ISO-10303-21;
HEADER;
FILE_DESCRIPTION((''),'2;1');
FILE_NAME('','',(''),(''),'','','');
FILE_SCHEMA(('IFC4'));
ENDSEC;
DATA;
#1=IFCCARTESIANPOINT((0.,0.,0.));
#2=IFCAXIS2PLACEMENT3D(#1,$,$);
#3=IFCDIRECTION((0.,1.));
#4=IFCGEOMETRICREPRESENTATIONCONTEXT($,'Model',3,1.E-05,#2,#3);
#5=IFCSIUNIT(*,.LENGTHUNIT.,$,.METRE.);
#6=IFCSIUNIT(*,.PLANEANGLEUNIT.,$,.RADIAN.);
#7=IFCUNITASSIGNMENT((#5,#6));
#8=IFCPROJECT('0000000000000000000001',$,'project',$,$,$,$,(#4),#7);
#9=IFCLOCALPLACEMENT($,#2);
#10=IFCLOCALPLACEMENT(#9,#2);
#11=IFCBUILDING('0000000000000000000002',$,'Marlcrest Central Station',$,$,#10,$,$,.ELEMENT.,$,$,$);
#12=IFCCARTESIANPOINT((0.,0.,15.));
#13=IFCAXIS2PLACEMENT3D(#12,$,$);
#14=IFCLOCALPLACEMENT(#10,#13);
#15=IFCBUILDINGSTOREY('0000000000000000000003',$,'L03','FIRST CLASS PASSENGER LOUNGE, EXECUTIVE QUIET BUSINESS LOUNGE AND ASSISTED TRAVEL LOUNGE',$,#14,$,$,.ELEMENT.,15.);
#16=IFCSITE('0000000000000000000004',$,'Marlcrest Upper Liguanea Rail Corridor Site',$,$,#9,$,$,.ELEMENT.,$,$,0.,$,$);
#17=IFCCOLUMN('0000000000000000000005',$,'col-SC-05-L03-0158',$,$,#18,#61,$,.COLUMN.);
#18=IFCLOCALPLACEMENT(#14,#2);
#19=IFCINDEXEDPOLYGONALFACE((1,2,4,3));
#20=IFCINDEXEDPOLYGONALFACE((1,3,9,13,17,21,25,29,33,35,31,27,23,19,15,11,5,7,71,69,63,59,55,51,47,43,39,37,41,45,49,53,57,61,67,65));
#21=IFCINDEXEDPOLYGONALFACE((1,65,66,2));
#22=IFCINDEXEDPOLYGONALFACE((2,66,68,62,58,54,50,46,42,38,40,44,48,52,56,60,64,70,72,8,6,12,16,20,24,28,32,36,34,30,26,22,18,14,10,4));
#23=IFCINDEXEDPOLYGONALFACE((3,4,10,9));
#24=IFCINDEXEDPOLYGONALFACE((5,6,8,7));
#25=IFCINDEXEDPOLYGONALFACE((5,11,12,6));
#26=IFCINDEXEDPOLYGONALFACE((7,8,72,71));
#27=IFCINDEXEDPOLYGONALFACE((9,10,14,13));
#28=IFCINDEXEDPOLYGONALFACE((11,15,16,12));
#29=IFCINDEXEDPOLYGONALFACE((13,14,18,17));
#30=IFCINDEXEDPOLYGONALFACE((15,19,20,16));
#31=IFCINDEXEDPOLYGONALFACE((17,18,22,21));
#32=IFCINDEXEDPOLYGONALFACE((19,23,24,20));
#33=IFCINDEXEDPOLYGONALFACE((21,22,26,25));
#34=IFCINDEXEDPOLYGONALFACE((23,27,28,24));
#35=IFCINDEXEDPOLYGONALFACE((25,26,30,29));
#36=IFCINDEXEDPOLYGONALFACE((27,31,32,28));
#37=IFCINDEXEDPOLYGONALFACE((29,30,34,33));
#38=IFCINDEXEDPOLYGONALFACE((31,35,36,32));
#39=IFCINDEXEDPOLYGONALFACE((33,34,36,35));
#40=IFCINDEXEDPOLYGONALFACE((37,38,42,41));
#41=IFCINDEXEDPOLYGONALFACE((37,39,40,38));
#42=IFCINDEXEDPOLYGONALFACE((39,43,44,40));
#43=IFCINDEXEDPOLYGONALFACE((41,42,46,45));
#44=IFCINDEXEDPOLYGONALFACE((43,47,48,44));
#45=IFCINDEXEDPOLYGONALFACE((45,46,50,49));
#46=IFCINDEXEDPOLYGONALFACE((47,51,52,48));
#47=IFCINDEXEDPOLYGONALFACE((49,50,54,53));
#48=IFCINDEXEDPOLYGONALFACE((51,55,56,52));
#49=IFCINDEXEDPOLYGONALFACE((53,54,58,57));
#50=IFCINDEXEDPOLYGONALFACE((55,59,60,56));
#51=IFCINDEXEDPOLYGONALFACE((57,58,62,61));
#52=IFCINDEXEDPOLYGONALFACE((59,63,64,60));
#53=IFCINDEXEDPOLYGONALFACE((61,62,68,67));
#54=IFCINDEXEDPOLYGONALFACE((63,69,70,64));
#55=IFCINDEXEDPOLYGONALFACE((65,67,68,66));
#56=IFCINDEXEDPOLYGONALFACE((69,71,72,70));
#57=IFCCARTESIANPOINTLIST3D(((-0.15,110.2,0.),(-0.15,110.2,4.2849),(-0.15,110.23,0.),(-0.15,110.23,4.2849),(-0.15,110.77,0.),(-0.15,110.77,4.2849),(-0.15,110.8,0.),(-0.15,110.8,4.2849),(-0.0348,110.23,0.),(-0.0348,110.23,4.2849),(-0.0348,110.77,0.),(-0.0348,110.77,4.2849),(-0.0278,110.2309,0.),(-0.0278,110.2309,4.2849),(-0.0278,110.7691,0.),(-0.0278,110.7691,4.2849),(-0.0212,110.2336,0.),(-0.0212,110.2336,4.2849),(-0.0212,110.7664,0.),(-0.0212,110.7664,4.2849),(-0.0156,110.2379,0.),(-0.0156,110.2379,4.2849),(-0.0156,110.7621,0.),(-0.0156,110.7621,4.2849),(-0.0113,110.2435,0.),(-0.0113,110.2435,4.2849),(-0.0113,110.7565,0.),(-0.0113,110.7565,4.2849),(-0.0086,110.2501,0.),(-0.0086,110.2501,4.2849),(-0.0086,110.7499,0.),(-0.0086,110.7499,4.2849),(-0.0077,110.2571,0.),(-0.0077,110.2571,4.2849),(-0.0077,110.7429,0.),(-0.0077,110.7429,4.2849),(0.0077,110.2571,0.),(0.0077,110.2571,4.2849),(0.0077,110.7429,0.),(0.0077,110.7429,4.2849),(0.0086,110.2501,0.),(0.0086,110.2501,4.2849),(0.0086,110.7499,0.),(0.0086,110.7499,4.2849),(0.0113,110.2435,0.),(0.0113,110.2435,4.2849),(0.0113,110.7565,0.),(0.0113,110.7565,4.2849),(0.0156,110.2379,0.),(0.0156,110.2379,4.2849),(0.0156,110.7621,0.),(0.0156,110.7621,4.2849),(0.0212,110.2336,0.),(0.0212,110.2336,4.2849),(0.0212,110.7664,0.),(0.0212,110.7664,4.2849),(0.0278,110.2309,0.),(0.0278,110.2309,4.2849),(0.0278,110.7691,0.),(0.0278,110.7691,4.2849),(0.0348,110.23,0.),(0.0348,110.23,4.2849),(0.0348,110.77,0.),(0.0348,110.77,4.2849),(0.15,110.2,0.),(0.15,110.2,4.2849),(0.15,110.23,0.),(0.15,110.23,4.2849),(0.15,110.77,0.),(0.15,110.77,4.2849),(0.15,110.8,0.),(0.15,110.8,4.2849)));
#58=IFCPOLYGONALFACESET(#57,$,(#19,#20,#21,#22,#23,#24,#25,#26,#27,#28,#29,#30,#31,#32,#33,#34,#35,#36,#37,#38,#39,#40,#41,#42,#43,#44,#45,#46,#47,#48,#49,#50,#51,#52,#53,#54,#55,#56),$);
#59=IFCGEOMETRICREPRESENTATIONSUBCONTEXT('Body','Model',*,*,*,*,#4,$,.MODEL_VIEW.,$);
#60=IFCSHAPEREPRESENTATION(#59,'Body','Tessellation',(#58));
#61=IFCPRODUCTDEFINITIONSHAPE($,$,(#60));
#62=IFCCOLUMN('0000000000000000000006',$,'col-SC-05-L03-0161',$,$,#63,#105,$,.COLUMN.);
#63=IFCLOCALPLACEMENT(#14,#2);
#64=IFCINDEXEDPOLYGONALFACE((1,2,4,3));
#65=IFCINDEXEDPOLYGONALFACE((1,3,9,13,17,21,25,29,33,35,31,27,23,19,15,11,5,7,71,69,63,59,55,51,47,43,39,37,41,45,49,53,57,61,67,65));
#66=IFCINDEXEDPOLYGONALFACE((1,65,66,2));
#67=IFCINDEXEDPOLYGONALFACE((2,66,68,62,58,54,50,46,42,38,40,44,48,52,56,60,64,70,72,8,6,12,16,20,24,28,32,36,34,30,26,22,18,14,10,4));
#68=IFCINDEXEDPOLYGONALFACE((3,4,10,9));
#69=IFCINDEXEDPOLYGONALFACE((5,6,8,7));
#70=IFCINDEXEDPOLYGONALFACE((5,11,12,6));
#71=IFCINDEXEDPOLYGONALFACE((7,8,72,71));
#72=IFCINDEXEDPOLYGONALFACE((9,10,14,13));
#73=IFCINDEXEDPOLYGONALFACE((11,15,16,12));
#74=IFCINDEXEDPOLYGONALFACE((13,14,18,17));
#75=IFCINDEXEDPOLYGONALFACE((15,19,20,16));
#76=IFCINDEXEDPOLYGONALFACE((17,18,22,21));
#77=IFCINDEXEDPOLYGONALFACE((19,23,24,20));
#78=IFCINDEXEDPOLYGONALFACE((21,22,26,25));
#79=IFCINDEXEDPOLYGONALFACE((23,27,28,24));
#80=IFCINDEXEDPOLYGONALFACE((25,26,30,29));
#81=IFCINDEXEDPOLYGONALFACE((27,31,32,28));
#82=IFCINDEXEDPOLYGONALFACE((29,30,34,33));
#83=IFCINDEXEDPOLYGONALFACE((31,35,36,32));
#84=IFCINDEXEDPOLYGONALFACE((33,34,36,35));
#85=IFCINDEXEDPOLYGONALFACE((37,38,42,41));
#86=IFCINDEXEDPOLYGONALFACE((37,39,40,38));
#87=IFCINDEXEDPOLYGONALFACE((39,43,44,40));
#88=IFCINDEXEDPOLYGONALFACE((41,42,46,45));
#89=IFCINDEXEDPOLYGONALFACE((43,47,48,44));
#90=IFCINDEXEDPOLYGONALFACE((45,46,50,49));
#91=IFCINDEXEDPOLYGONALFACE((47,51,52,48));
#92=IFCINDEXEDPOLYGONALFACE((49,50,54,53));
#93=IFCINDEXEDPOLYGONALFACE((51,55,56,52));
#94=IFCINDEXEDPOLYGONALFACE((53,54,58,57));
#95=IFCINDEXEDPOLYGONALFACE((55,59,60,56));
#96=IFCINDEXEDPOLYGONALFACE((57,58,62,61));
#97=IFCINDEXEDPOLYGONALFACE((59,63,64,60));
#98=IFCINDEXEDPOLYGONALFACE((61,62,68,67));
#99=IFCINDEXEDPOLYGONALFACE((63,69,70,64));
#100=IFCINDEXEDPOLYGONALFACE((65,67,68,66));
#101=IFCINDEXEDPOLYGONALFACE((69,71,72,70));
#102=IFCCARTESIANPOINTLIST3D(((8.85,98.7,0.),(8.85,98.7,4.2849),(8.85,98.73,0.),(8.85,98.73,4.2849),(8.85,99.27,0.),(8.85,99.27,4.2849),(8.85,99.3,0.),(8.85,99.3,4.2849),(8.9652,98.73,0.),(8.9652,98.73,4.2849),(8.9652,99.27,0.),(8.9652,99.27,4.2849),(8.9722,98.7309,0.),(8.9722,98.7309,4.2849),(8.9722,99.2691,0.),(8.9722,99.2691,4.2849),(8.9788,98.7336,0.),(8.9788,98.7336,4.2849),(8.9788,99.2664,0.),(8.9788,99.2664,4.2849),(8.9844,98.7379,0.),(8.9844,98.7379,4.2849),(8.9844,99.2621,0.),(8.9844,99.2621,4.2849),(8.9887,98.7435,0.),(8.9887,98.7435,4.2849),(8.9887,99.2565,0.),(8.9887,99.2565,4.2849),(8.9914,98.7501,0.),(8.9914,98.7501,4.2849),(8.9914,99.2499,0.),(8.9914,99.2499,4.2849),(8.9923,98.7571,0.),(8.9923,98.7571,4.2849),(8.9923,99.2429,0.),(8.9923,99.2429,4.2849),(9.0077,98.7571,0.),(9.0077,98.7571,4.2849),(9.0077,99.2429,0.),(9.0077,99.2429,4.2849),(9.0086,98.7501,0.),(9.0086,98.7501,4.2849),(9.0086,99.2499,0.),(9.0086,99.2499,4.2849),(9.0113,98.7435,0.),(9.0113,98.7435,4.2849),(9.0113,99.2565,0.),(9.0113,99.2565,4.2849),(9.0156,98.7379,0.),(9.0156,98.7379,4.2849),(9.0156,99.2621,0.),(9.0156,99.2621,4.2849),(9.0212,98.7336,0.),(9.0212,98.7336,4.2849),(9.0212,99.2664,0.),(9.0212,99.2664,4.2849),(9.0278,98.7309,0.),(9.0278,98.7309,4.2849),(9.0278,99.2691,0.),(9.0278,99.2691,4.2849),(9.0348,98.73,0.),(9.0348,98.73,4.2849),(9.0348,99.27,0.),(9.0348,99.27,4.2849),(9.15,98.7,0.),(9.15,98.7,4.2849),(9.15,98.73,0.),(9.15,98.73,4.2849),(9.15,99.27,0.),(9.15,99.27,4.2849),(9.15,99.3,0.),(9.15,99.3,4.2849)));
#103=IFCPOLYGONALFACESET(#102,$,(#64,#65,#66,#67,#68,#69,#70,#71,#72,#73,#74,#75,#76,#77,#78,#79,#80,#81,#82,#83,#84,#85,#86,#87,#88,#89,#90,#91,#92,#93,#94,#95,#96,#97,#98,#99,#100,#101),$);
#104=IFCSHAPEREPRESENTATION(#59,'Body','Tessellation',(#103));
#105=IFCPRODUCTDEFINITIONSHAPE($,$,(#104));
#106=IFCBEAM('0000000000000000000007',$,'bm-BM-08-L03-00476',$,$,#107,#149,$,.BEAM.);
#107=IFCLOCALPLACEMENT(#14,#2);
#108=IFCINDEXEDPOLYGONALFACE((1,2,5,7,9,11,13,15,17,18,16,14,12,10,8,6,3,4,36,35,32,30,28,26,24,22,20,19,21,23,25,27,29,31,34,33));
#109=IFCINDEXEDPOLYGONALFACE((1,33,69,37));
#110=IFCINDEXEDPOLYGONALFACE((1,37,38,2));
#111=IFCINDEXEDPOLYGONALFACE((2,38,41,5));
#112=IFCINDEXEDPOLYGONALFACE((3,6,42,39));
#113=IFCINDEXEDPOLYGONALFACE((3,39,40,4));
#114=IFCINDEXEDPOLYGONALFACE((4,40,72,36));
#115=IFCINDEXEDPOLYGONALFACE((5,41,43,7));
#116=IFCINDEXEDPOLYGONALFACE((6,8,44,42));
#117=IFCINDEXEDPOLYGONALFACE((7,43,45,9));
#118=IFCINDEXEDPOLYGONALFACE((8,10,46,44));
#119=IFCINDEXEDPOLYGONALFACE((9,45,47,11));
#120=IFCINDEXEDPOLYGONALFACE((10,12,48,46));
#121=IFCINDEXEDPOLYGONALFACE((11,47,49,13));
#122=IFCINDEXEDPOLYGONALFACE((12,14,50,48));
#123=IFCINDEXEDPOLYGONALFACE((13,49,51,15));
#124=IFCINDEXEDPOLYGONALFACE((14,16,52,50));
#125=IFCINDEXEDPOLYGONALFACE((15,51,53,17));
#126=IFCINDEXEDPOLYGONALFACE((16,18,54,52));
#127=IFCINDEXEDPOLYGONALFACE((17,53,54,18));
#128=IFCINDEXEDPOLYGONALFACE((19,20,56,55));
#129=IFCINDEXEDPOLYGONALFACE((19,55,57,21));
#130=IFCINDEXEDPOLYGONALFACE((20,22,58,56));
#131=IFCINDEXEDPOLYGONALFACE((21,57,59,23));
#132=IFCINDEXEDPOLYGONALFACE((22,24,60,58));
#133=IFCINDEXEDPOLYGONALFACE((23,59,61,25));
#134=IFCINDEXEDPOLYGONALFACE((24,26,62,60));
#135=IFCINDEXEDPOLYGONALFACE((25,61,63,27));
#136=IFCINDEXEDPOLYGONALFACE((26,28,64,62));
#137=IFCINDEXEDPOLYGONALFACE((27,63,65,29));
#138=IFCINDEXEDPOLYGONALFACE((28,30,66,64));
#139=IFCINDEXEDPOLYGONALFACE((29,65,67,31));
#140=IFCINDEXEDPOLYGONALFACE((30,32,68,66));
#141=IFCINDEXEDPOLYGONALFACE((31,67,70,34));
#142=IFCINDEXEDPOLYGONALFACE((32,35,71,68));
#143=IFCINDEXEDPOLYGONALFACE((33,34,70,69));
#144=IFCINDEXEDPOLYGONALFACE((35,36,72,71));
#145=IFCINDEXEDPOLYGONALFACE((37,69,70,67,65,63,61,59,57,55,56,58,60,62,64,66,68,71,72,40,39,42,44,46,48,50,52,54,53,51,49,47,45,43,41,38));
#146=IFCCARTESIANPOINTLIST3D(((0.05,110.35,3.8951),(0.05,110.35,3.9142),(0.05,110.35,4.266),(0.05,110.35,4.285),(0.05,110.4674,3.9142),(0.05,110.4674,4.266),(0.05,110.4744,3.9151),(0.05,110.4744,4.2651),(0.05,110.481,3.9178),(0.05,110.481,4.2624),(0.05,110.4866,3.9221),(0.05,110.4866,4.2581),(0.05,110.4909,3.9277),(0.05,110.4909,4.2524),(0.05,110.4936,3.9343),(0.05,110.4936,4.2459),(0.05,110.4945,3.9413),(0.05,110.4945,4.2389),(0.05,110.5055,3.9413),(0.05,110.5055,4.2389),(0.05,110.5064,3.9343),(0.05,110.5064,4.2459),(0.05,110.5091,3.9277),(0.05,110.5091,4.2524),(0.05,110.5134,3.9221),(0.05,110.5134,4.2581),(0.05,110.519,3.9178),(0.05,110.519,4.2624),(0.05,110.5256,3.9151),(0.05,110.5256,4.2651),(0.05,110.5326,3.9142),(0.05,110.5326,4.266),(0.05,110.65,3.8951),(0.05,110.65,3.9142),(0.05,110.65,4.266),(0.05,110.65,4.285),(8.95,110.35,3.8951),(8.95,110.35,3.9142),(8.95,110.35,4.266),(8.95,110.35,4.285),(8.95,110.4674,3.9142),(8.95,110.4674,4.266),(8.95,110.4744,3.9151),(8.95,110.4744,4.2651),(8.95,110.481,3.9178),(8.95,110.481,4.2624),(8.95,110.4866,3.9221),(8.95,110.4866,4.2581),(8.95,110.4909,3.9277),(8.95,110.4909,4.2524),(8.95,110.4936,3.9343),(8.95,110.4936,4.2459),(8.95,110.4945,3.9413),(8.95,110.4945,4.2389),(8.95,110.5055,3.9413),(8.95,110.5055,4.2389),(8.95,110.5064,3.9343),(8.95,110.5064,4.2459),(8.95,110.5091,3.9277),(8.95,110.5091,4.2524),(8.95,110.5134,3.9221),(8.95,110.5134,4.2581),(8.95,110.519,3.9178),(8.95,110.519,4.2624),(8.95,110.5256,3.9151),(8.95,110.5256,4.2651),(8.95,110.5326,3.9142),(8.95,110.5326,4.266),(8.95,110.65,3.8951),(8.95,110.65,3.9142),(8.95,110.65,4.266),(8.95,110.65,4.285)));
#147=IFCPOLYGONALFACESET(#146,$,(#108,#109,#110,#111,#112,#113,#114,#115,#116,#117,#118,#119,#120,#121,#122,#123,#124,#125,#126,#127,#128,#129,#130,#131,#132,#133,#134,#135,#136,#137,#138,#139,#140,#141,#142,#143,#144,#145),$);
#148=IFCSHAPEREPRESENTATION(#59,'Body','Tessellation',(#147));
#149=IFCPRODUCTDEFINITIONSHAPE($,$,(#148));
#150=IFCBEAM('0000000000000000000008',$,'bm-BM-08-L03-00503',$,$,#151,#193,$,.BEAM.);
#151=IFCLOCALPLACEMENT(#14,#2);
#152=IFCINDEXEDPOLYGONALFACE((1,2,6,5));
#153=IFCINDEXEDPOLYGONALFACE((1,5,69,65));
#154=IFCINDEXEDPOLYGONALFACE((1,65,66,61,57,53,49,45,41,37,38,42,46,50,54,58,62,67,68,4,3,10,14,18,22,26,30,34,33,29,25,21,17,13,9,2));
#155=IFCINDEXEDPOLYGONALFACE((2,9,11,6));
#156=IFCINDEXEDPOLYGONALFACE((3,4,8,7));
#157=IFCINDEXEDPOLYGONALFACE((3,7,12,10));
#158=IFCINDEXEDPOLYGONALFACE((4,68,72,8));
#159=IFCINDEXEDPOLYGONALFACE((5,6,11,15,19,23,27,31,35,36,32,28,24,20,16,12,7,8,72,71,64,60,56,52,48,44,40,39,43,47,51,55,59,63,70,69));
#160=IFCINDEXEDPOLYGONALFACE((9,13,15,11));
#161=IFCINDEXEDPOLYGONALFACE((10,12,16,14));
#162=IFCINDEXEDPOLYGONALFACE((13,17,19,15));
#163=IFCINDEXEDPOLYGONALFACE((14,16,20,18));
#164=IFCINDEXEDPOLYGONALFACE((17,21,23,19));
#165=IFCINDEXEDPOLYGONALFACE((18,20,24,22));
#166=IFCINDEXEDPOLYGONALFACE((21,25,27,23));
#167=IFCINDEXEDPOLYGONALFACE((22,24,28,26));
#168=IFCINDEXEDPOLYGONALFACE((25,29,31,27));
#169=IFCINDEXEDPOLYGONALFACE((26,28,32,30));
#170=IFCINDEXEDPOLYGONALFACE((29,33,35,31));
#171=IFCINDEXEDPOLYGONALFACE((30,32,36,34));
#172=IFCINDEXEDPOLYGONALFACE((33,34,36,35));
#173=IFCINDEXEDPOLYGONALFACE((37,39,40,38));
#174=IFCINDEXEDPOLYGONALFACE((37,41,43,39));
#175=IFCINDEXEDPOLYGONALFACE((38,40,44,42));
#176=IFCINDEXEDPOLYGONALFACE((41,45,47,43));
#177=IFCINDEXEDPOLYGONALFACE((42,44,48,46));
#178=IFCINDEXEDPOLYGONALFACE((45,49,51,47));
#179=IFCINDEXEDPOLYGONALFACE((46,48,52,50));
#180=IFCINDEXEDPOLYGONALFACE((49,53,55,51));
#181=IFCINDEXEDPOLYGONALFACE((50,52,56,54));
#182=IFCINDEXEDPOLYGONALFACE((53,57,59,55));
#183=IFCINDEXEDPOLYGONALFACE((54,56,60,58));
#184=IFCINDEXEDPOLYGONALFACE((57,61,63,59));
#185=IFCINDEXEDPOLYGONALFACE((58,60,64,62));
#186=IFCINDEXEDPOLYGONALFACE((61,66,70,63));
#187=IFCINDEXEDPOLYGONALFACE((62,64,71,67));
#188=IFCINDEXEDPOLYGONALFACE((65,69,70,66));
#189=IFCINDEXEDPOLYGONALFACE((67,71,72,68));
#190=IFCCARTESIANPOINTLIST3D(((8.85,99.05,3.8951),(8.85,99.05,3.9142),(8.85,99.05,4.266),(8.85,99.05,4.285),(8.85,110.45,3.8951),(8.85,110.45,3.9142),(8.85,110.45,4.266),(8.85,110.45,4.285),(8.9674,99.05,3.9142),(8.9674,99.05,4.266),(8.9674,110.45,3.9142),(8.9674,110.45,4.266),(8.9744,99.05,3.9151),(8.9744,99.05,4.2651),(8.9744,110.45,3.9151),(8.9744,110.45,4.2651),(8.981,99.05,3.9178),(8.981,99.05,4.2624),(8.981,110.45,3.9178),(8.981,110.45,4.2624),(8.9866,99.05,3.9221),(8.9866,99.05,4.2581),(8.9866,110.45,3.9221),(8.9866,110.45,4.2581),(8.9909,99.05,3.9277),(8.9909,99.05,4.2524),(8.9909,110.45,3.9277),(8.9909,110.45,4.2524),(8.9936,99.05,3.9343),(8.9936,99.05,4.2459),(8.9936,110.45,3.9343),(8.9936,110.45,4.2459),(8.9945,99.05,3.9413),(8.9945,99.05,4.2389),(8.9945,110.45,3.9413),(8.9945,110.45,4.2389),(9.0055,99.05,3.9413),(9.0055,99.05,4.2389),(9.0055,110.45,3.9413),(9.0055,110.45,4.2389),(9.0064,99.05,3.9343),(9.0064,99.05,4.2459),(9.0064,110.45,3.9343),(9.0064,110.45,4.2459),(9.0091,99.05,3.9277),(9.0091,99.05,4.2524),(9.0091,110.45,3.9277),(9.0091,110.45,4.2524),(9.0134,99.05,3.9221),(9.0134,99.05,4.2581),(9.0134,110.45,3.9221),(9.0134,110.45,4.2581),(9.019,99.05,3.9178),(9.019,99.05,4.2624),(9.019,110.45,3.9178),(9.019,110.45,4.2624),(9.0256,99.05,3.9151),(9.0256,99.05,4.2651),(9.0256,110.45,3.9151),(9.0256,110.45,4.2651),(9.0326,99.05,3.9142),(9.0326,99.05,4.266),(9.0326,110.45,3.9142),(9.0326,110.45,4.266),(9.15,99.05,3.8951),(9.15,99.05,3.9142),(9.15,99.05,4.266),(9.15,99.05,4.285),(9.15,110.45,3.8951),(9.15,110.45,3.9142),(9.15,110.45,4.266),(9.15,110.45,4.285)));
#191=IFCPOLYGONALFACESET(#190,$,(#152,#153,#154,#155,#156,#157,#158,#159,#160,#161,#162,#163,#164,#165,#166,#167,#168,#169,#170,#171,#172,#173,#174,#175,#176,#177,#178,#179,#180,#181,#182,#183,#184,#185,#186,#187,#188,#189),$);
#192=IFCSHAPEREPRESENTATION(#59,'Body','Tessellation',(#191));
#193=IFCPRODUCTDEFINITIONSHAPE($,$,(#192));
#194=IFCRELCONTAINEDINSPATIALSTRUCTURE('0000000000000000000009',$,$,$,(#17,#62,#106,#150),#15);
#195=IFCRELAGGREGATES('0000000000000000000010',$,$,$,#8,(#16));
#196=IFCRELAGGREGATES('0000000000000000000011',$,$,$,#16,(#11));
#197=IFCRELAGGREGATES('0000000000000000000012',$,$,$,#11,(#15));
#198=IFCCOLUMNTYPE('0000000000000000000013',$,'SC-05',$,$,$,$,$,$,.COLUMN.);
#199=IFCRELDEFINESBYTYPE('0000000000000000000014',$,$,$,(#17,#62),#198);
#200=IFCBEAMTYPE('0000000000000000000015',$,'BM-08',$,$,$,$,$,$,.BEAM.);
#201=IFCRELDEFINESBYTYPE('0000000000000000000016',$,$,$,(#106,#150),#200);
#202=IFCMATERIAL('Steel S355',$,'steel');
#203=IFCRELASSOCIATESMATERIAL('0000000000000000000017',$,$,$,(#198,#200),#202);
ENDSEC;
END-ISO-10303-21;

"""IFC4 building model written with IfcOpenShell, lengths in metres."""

from ifc_helpers import new_model, si_unit, direction, frame, origin, origin_2d, place, context, subcontext, project, spatial, i_section, extrude, material, material_profile, profile_set, type_object, element, save


model = new_model("IFC4")

# Units and contexts
model_context = context("Model", 3, precision=1e-05, world=origin(), true_north=direction((0.0, 1.0)))
body_context = subcontext(model_context, "Body", "Model", "MODEL_VIEW")
ifc_project = project(units=[si_unit("LENGTHUNIT", "METRE"), si_unit("PLANEANGLEUNIT", "RADIAN")], contexts=[model_context])

# Site, building, storey
site_placement = place(None, origin())
site = spatial("IfcSite", under=ifc_project, at=site_placement, Name="Marlcrest Upper Liguanea Rail Corridor Site", CompositionType="ELEMENT", RefElevation=0.0)
building_placement = place(site_placement, origin())
building = spatial("IfcBuilding", under=site, at=building_placement, Name="Marlcrest Central Station", CompositionType="ELEMENT")
storey_placement = place(building_placement, frame((0.0, 0.0, 15.0)))
storey = spatial("IfcBuildingStorey", under=building, at=storey_placement, Name="L03", Description="FIRST CLASS PASSENGER LOUNGE, EXECUTIVE QUIET BUSINESS LOUNGE AND ASSISTED TRAVEL LOUNGE", CompositionType="ELEMENT", Elevation=15.0)

# Columns
ifc_material_1 = material(Name="Steel S355", Category="steel")
ifc_material_profile_1 = material_profile(ifc_material_1, i_section(OverallWidth=0.3, OverallDepth=0.6001, WebThickness=0.0154, FlangeThickness=0.03, FilletRadius=0.0271, at=origin_2d()), Name="HEB 600")
ifc_profile_set_1 = profile_set([ifc_material_profile_1], Name="Steel S355")
column_type = type_object("IfcColumnType", Name="SC-05", PredefinedType="COLUMN", material=ifc_profile_set_1)
for number, where, z_axis, x_axis, name in (
    (1, (0.0, 110.5, 0.0), (0.0, 0.0, 1.0), (1.0, 0.0, 0.0), "col-SC-05-L03-0158"),
    (2, (9.0, 99.0, 0.0), (0.0, 0.0, 1.0), (1.0, 0.0, 0.0), "col-SC-05-L03-0161"),
):
    element("IfcColumn", number, at=place(storey_placement, frame(where, z_axis=z_axis, x_axis=x_axis)), inside=storey, type_object=column_type, Name=name, PredefinedType="COLUMN", context=body_context, shape_type="SweptSolid", body=[
        extrude(i_section(OverallWidth=0.3, OverallDepth=0.6001, WebThickness=0.0154, FlangeThickness=0.03, FilletRadius=0.0271, at=origin_2d()), origin(), (0.0, 0.0, 1.0), 4.2849),
    ])

# Beams
ifc_material_profile_2 = material_profile(ifc_material_1, i_section(OverallWidth=0.3, OverallDepth=0.3899, WebThickness=0.011, FlangeThickness=0.019, FilletRadius=0.0271, at=origin_2d()), Name="HEA 400")
ifc_profile_set_2 = profile_set([ifc_material_profile_2], Name="Steel S355")
beam_type_1 = type_object("IfcBeamType", Name="BM-08", PredefinedType="BEAM", material=ifc_profile_set_2)
beam_1_placement = place(storey_placement, frame((0.05, 110.5, 4.0901), z_axis=(1.0, 0.0, 0.0), x_axis=(0.0, 1.0, 0.0)))
element("IfcBeam", 3, at=beam_1_placement, inside=storey, type_object=beam_type_1, Name="bm-BM-08-L03-00476", PredefinedType="BEAM", context=body_context, shape_type="SweptSolid", body=[
    extrude(i_section(OverallWidth=0.3, OverallDepth=0.3899, WebThickness=0.011, FlangeThickness=0.019, FilletRadius=0.0271, at=origin_2d()), origin(), (0.0, 0.0, 1.0), 8.8999),
])
beam_2_placement = place(storey_placement, frame((9.0, 99.05, 4.0901), z_axis=(0.0, 1.0, 0.0), x_axis=(-1.0, 0.0, 0.0)))
element("IfcBeam", 4, at=beam_2_placement, inside=storey, type_object=beam_type_1, Name="bm-BM-08-L03-00503", PredefinedType="BEAM", context=body_context, shape_type="SweptSolid", body=[
    extrude(i_section(OverallWidth=0.3, OverallDepth=0.3899, WebThickness=0.011, FlangeThickness=0.019, FilletRadius=0.0271, at=origin_2d()), origin(), (0.0, 0.0, 1.0), 11.3999),
])

save(model, "model.ifc")
